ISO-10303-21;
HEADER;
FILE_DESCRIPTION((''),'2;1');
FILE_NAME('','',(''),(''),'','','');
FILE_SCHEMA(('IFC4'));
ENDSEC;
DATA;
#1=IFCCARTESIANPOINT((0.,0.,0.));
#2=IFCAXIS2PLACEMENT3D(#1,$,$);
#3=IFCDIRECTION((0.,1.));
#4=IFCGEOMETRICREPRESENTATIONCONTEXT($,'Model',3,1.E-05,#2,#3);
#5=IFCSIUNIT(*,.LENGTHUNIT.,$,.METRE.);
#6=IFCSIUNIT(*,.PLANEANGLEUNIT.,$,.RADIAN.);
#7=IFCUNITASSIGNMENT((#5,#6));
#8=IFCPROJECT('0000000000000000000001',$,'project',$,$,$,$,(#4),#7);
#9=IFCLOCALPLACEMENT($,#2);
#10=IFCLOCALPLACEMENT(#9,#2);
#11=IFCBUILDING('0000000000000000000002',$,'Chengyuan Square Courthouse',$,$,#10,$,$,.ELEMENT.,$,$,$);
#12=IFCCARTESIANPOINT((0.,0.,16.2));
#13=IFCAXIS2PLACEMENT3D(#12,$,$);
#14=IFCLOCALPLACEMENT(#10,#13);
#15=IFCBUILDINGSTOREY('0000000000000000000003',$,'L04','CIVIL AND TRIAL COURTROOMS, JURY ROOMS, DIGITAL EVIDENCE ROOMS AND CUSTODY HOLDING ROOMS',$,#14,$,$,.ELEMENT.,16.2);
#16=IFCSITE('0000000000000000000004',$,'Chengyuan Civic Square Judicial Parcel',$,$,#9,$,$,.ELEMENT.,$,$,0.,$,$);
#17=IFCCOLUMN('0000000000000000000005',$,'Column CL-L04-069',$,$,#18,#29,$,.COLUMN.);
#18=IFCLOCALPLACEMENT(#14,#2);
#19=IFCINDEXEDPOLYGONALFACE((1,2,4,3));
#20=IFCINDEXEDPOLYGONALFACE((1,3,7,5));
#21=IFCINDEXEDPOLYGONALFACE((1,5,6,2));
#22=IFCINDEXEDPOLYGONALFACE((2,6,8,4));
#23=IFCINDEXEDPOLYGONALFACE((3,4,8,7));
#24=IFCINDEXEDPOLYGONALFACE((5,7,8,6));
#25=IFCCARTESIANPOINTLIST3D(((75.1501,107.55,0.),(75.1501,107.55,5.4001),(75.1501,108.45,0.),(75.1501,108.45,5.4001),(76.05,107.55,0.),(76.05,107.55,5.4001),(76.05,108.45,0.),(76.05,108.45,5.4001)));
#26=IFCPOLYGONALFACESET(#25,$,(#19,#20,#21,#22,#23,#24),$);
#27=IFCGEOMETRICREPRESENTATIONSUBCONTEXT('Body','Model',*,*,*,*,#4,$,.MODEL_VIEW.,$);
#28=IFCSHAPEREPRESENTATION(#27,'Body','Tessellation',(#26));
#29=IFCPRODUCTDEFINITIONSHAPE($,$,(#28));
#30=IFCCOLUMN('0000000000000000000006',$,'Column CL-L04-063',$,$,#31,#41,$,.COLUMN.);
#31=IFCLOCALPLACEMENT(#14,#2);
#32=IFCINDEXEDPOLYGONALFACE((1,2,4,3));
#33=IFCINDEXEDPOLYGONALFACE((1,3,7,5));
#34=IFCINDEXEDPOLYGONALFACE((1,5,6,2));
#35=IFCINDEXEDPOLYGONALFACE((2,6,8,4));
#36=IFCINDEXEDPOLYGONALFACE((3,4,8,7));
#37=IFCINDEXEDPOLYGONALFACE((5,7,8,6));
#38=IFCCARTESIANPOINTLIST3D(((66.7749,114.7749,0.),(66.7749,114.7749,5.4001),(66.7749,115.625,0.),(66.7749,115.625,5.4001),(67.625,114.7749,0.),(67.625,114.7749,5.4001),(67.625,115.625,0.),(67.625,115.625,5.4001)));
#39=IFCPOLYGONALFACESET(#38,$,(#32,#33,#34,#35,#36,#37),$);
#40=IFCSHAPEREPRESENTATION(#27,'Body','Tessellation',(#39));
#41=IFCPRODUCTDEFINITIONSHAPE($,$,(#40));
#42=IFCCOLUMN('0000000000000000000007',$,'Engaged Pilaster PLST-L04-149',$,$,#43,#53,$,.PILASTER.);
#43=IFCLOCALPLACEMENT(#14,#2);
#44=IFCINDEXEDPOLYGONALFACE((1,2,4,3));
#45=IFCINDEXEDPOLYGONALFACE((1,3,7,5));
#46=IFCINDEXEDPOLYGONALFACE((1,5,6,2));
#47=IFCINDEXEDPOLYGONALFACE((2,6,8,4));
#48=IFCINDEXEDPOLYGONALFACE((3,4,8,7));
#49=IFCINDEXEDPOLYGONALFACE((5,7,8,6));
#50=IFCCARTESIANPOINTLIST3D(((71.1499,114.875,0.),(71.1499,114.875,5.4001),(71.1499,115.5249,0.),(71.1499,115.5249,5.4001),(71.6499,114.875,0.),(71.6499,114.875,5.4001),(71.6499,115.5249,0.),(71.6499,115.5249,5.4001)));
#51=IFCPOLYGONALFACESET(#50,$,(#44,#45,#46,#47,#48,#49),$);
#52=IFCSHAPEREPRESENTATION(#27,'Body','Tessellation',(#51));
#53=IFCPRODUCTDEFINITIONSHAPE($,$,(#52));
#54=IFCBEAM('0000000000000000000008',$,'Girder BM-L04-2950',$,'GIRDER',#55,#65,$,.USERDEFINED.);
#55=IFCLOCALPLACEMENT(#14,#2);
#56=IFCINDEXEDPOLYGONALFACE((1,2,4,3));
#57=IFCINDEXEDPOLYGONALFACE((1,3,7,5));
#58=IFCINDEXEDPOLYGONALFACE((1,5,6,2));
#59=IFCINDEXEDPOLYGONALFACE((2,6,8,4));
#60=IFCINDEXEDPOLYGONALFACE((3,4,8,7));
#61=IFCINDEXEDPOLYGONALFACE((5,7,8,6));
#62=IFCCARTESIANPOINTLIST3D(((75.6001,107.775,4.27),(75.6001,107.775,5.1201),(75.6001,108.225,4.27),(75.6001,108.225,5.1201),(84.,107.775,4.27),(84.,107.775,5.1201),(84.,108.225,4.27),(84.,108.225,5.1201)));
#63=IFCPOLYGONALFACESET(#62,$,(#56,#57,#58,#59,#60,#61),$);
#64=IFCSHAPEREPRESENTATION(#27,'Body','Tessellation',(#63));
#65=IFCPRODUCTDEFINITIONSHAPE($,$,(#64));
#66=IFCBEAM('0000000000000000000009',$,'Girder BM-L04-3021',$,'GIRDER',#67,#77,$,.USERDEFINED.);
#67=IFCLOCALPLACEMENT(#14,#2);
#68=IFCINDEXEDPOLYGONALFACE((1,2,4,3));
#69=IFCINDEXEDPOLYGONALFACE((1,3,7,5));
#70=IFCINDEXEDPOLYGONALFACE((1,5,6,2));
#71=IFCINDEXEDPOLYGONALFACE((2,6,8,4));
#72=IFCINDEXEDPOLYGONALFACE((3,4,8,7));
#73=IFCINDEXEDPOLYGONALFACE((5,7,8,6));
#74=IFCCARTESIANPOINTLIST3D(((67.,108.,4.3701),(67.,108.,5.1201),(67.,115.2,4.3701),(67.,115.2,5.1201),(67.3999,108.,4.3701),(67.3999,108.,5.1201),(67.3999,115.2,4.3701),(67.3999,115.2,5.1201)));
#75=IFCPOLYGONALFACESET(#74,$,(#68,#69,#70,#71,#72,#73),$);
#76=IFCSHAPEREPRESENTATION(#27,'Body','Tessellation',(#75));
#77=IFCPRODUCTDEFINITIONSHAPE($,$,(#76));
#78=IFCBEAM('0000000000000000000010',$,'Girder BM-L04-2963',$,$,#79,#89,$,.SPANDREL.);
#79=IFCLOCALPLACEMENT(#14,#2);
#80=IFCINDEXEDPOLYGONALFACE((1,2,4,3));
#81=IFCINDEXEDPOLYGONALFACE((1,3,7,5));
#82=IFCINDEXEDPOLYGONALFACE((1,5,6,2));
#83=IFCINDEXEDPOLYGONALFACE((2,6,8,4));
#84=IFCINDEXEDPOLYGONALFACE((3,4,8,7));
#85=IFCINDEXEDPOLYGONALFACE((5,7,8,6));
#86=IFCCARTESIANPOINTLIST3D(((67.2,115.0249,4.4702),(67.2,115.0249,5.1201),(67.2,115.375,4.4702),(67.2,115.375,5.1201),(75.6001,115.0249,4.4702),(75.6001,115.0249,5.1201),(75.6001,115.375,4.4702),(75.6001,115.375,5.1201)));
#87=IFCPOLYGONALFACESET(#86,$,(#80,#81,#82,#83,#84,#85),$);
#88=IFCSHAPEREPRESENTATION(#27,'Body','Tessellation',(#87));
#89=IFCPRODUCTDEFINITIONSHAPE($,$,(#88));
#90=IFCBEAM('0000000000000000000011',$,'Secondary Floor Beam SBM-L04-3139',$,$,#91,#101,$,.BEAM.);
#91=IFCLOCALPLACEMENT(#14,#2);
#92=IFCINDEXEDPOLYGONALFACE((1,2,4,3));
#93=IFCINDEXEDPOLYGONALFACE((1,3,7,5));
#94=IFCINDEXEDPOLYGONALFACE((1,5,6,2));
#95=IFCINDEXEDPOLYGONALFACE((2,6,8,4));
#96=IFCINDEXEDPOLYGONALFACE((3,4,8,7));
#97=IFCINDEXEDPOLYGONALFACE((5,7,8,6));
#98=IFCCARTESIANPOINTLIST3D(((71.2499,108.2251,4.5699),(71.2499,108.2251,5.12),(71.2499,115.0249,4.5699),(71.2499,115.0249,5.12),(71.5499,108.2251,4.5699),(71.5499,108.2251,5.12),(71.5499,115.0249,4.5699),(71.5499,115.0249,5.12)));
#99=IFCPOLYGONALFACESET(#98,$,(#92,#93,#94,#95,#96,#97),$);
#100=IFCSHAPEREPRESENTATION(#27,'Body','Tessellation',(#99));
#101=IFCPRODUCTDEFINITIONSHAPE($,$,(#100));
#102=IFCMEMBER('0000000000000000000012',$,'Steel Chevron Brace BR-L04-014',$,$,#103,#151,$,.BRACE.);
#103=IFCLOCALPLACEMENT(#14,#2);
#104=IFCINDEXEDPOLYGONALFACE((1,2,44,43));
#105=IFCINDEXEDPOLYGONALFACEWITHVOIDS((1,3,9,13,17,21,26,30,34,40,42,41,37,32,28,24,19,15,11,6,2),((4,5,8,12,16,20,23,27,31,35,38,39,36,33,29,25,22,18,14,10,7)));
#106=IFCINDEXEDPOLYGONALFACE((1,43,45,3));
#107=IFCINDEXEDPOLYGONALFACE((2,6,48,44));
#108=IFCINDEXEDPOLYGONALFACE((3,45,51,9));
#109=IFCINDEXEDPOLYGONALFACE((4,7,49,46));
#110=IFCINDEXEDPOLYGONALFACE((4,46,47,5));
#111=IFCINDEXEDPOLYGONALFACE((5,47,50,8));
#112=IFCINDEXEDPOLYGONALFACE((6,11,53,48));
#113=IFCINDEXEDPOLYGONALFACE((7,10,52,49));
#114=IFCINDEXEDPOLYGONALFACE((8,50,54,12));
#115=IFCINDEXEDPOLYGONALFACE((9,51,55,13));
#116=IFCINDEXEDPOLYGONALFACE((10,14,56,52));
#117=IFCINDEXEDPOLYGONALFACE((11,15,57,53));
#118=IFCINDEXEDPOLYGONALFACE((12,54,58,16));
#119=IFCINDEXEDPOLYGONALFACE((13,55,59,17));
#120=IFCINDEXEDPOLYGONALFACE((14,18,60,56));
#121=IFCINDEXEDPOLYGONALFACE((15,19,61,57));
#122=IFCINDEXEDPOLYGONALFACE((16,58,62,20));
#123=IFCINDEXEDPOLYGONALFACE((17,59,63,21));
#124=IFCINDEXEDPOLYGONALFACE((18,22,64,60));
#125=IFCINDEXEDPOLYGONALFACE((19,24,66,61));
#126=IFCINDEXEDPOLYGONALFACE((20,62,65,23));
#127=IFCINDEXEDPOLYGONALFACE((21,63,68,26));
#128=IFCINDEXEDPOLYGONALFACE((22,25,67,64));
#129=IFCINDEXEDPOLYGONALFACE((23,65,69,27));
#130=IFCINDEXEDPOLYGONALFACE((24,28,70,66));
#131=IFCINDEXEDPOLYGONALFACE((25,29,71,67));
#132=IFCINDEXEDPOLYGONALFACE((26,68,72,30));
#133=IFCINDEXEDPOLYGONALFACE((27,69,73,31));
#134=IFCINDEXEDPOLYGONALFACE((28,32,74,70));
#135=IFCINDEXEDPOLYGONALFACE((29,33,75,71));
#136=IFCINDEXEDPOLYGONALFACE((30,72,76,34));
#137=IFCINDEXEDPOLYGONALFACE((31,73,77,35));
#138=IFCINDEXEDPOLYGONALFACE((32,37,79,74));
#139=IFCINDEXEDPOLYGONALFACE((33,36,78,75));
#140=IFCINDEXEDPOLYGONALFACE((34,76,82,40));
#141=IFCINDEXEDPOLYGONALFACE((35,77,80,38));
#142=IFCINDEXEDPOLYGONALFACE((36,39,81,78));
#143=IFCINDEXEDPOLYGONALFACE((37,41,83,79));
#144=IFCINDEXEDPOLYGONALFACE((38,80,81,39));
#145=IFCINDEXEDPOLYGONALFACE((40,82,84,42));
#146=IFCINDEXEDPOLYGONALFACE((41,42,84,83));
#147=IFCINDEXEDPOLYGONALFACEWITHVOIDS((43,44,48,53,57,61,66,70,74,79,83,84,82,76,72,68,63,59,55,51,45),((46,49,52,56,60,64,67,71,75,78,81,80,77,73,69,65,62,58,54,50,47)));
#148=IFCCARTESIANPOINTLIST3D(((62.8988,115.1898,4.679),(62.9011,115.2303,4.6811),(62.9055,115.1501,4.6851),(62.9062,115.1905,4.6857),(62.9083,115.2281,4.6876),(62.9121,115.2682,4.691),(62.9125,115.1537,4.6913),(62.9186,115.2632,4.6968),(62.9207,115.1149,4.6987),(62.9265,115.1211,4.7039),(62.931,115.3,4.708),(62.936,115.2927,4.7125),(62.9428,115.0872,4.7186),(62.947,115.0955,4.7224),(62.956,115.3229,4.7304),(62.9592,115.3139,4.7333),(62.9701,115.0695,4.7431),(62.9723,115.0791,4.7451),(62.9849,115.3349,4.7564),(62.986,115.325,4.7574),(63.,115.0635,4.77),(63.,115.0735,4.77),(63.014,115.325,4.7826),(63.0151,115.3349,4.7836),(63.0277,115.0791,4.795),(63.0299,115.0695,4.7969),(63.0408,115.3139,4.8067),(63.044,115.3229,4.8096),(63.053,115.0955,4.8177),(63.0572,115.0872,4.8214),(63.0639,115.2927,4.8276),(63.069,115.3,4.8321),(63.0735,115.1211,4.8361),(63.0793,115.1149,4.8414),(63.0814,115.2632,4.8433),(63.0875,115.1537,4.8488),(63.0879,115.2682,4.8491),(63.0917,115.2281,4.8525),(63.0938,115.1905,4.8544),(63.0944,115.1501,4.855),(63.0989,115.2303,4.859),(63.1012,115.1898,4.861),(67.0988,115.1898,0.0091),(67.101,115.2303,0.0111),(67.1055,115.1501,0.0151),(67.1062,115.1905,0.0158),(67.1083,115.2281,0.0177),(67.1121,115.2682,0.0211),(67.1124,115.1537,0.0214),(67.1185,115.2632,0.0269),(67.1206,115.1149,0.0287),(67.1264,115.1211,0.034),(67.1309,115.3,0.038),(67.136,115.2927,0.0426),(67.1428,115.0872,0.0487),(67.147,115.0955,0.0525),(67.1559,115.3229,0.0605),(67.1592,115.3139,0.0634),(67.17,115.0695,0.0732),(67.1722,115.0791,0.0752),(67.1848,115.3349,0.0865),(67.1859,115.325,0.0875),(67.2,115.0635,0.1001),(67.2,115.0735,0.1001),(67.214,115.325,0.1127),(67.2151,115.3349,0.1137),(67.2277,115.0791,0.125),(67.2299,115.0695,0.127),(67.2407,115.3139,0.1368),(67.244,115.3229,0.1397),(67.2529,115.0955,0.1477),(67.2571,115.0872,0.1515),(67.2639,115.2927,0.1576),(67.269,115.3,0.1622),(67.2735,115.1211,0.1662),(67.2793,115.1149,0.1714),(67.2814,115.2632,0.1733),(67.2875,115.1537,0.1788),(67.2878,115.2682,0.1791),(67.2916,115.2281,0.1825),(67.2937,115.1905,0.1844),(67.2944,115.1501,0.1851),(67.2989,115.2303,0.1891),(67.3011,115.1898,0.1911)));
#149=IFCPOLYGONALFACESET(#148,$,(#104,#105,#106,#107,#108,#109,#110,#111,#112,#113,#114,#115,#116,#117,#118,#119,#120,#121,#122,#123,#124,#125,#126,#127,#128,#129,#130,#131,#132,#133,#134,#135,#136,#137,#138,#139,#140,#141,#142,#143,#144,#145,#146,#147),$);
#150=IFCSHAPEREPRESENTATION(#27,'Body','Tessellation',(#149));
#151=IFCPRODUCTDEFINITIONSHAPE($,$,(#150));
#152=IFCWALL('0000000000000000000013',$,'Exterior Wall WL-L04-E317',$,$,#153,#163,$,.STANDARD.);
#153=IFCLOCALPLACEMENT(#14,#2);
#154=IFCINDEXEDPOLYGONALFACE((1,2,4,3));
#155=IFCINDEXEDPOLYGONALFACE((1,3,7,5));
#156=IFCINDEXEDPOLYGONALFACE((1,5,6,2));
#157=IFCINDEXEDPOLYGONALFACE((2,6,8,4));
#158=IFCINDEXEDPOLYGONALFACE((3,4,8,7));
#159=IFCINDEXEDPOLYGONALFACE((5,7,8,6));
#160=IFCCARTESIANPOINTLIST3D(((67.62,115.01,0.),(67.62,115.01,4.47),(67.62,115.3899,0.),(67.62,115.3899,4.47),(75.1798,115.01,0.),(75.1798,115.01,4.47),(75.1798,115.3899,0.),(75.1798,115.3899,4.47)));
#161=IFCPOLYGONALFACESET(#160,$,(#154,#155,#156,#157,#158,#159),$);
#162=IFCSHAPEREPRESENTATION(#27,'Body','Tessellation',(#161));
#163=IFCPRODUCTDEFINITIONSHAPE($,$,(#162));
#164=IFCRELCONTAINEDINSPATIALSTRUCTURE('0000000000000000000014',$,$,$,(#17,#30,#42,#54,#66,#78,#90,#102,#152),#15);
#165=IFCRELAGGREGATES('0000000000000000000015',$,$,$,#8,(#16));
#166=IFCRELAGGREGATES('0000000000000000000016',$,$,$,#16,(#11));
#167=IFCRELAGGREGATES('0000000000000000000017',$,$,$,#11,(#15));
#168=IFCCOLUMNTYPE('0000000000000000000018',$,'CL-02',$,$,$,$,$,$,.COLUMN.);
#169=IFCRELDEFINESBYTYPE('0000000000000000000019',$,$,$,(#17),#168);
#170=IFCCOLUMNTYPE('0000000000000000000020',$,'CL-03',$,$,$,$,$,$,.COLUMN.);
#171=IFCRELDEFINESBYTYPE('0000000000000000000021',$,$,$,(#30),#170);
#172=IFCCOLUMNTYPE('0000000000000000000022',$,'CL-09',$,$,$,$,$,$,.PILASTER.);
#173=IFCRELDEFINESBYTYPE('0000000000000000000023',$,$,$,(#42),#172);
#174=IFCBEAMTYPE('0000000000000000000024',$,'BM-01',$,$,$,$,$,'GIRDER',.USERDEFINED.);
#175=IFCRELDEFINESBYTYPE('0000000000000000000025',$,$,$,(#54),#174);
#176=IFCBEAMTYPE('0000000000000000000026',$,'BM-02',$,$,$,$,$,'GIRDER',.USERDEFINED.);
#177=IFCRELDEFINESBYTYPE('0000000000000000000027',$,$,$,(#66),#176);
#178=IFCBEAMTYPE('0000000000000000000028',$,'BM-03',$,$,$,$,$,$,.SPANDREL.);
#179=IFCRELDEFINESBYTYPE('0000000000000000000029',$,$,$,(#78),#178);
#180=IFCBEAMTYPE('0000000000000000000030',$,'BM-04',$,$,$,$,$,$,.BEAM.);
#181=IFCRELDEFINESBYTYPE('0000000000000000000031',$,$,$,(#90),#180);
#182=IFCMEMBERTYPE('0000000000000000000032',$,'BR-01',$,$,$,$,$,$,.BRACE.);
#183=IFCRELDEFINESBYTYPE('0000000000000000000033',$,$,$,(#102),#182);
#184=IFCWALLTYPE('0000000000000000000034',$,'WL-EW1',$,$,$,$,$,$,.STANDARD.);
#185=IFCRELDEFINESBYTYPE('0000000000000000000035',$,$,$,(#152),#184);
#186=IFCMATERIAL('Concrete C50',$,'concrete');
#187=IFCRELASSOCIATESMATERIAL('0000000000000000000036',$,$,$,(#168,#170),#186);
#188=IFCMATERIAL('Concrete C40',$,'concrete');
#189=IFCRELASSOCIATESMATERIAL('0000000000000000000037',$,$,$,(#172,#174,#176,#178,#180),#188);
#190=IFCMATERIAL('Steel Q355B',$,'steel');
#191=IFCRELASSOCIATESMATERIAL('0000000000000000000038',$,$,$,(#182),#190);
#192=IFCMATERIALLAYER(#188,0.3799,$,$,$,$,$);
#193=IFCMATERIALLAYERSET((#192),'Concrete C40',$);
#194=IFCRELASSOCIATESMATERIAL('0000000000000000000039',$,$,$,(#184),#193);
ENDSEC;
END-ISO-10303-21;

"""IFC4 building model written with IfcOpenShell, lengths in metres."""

from ifc_helpers import new_model, si_unit, direction, frame, frame_2d, origin, origin_2d, place, context, subcontext, project, spatial, rectangle, hollow_circle, extrude, material, layer, layer_set, material_profile, profile_set, type_object, element, save


model = new_model("IFC4")

# Units and contexts
model_context = context("Model", 3, precision=1e-05, world=origin(), true_north=direction((0.0, 1.0)))
body_context = subcontext(model_context, "Body", "Model", "MODEL_VIEW")
ifc_project = project(units=[si_unit("LENGTHUNIT", "METRE"), si_unit("PLANEANGLEUNIT", "RADIAN")], contexts=[model_context])

# Site, building, storey
site_placement = place(None, origin())
site = spatial("IfcSite", under=ifc_project, at=site_placement, Name="Chengyuan Civic Square Judicial Parcel", CompositionType="ELEMENT", RefElevation=0.0)
building_placement = place(site_placement, origin())
building = spatial("IfcBuilding", under=site, at=building_placement, Name="Chengyuan Square Courthouse", CompositionType="ELEMENT")
storey_placement = place(building_placement, frame((0.0, 0.0, 16.2)))
storey = spatial("IfcBuildingStorey", under=building, at=storey_placement, Name="L04", Description="CIVIL AND TRIAL COURTROOMS, JURY ROOMS, DIGITAL EVIDENCE ROOMS AND CUSTODY HOLDING ROOMS", CompositionType="ELEMENT", Elevation=16.2)

# Columns
ifc_material_1 = material(Name="Concrete C50", Category="concrete")
ifc_material_profile_1 = material_profile(ifc_material_1, rectangle(XDim=0.8999, YDim=0.8999, at=origin_2d()), Name="RC-COL-900x900")
ifc_profile_set_1 = profile_set([ifc_material_profile_1], Name="Concrete C50")
column_type_1 = type_object("IfcColumnType", Name="CL-02", PredefinedType="COLUMN", material=ifc_profile_set_1)
column_1_placement = place(storey_placement, frame((75.6001, 108.0, 0.0), z_axis=(0.0, 0.0, 1.0), x_axis=(1.0, 0.0, 0.0)))
element("IfcColumn", 1, at=column_1_placement, inside=storey, type_object=column_type_1, Name="Column CL-L04-069", PredefinedType="COLUMN", context=body_context, shape_type="SweptSolid", body=[
    extrude(rectangle(XDim=0.8999, YDim=0.8999, at=origin_2d()), origin(), (0.0, 0.0, 1.0), 5.4001),
])
ifc_material_profile_2 = material_profile(ifc_material_1, rectangle(XDim=0.8501, YDim=0.8501, at=origin_2d()), Name="RC-COL-850x850")
ifc_profile_set_2 = profile_set([ifc_material_profile_2], Name="Concrete C50")
column_type_2 = type_object("IfcColumnType", Name="CL-03", PredefinedType="COLUMN", material=ifc_profile_set_2)
column_2_placement = place(storey_placement, frame((67.2, 115.2, 0.0), z_axis=(0.0, 0.0, 1.0), x_axis=(1.0, 0.0, 0.0)))
element("IfcColumn", 2, at=column_2_placement, inside=storey, type_object=column_type_2, Name="Column CL-L04-063", PredefinedType="COLUMN", context=body_context, shape_type="SweptSolid", body=[
    extrude(rectangle(XDim=0.8501, YDim=0.8501, at=origin_2d()), origin(), (0.0, 0.0, 1.0), 5.4001),
])
ifc_material_2 = material(Name="Concrete C40", Category="concrete")
ifc_material_profile_3 = material_profile(ifc_material_2, rectangle(XDim=0.5, YDim=0.6499, at=origin_2d()), Name="RC-PIL-500x650")
ifc_profile_set_3 = profile_set([ifc_material_profile_3], Name="Concrete C40")
column_type_3 = type_object("IfcColumnType", Name="CL-09", PredefinedType="PILASTER", material=ifc_profile_set_3)
column_3_placement = place(storey_placement, frame((71.3999, 115.2, 0.0), z_axis=(0.0, 0.0, 1.0), x_axis=(1.0, 0.0, 0.0)))
element("IfcColumn", 3, at=column_3_placement, inside=storey, type_object=column_type_3, Name="Engaged Pilaster PLST-L04-149", PredefinedType="PILASTER", context=body_context, shape_type="SweptSolid", body=[
    extrude(rectangle(XDim=0.5, YDim=0.6499, at=origin_2d()), origin(), (0.0, 0.0, 1.0), 5.4001),
])

# Beams
ifc_material_profile_4 = material_profile(ifc_material_2, rectangle(XDim=0.45, YDim=0.8501, at=origin_2d()), Name="RC-BM-450x850")
ifc_profile_set_4 = profile_set([ifc_material_profile_4], Name="Concrete C40")
beam_type_1 = type_object("IfcBeamType", Name="BM-01", ElementType="GIRDER", PredefinedType="USERDEFINED", material=ifc_profile_set_4)
beam_1_placement = place(storey_placement, frame((75.6001, 108.0, 4.6951), z_axis=(1.0, 0.0, 0.0), x_axis=(0.0, 1.0, 0.0)))
element("IfcBeam", 4, at=beam_1_placement, inside=storey, type_object=beam_type_1, Name="Girder BM-L04-2950", ObjectType="GIRDER", PredefinedType="USERDEFINED", context=body_context, shape_type="SweptSolid", body=[
    extrude(rectangle(XDim=0.45, YDim=0.8501, at=origin_2d()), origin(), (0.0, 0.0, 1.0), 8.3999),
])
ifc_material_profile_5 = material_profile(ifc_material_2, rectangle(XDim=0.3999, YDim=0.75, at=origin_2d()), Name="RC-BM-400x750")
ifc_profile_set_5 = profile_set([ifc_material_profile_5], Name="Concrete C40")
beam_type_2 = type_object("IfcBeamType", Name="BM-02", ElementType="GIRDER", PredefinedType="USERDEFINED", material=ifc_profile_set_5)
beam_2_placement = place(storey_placement, frame((67.2, 108.0, 4.7451), z_axis=(0.0, 1.0, 0.0), x_axis=(-1.0, 0.0, 0.0)))
element("IfcBeam", 5, at=beam_2_placement, inside=storey, type_object=beam_type_2, Name="Girder BM-L04-3021", ObjectType="GIRDER", PredefinedType="USERDEFINED", context=body_context, shape_type="SweptSolid", body=[
    extrude(rectangle(XDim=0.3999, YDim=0.75, at=origin_2d()), origin(), (0.0, 0.0, 1.0), 7.2),
])
ifc_material_profile_6 = material_profile(ifc_material_2, rectangle(XDim=0.3501, YDim=0.6499, at=origin_2d()), Name="RC-BM-350x650")
ifc_profile_set_6 = profile_set([ifc_material_profile_6], Name="Concrete C40")
beam_type_3 = type_object("IfcBeamType", Name="BM-03", PredefinedType="SPANDREL", material=ifc_profile_set_6)
beam_3_placement = place(storey_placement, frame((67.2, 115.2, 4.7952), z_axis=(1.0, 0.0, 0.0), x_axis=(0.0, 1.0, 0.0)))
element("IfcBeam", 6, at=beam_3_placement, inside=storey, type_object=beam_type_3, Name="Girder BM-L04-2963", PredefinedType="SPANDREL", context=body_context, shape_type="SweptSolid", body=[
    extrude(rectangle(XDim=0.3501, YDim=0.6499, at=origin_2d()), origin(), (0.0, 0.0, 1.0), 8.4001),
])
ifc_material_profile_7 = material_profile(ifc_material_2, rectangle(XDim=0.3, YDim=0.55, at=origin_2d()), Name="RC-BM-300x550")
ifc_profile_set_7 = profile_set([ifc_material_profile_7], Name="Concrete C40")
beam_type_4 = type_object("IfcBeamType", Name="BM-04", PredefinedType="BEAM", material=ifc_profile_set_7)
beam_4_placement = place(storey_placement, frame((71.3999, 108.2251, 4.845), z_axis=(0.0, 1.0, 0.0), x_axis=(-1.0, 0.0, 0.0)))
element("IfcBeam", 7, at=beam_4_placement, inside=storey, type_object=beam_type_4, Name="Secondary Floor Beam SBM-L04-3139", PredefinedType="BEAM", context=body_context, shape_type="SweptSolid", body=[
    extrude(rectangle(XDim=0.3, YDim=0.55, at=origin_2d()), origin(), (0.0, 0.0, 1.0), 6.7998),
])

# Member
ifc_material_3 = material(Name="Steel Q355B", Category="steel")
ifc_material_profile_8 = material_profile(ifc_material_3, hollow_circle(Radius=0.1365, WallThickness=0.01, at=origin_2d()), Name="CHS 273x10")
ifc_profile_set_8 = profile_set([ifc_material_profile_8], Name="Steel Q355B")
member_type = type_object("IfcMemberType", Name="BR-01", PredefinedType="BRACE", material=ifc_profile_set_8)
member_placement = place(storey_placement, frame((67.2, 115.2, 0.1001), z_axis=(-0.668703, 0.0, 0.74353), x_axis=(0.0, -1.0, 0.0)))
element("IfcMember", 8, at=member_placement, inside=storey, type_object=member_type, Name="Steel Chevron Brace BR-L04-014", PredefinedType="BRACE", context=body_context, shape_type="SweptSolid", body=[
    extrude(hollow_circle(Radius=0.1365, WallThickness=0.01, at=origin_2d()), origin(), (0.0, 0.0, 1.0), 6.2808),
])

# Wall
ifc_layer_1 = layer(ifc_material_2, 0.3799)
ifc_layer_set_1 = layer_set([ifc_layer_1], Name="Concrete C40")
wall_type_1 = type_object("IfcWallType", Name="WL-EW1", PredefinedType="STANDARD", material=ifc_layer_set_1)
wall_1_placement = place(storey_placement, frame((67.6201, 115.2, 0.0), z_axis=(0.0, 0.0, 1.0), x_axis=(1.0, 0.0, 0.0)))
element("IfcWall", 9, at=wall_1_placement, inside=storey, type_object=wall_type_1, Name="Exterior Wall WL-L04-E317", PredefinedType="STANDARD", context=body_context, shape_type="SweptSolid", body=[
    extrude(rectangle(XDim=7.5598, YDim=0.3799, at=frame_2d((3.7798, 0.0))), origin(), (0.0, 0.0, 1.0), 4.47),
])

save(model, "model.ifc")
